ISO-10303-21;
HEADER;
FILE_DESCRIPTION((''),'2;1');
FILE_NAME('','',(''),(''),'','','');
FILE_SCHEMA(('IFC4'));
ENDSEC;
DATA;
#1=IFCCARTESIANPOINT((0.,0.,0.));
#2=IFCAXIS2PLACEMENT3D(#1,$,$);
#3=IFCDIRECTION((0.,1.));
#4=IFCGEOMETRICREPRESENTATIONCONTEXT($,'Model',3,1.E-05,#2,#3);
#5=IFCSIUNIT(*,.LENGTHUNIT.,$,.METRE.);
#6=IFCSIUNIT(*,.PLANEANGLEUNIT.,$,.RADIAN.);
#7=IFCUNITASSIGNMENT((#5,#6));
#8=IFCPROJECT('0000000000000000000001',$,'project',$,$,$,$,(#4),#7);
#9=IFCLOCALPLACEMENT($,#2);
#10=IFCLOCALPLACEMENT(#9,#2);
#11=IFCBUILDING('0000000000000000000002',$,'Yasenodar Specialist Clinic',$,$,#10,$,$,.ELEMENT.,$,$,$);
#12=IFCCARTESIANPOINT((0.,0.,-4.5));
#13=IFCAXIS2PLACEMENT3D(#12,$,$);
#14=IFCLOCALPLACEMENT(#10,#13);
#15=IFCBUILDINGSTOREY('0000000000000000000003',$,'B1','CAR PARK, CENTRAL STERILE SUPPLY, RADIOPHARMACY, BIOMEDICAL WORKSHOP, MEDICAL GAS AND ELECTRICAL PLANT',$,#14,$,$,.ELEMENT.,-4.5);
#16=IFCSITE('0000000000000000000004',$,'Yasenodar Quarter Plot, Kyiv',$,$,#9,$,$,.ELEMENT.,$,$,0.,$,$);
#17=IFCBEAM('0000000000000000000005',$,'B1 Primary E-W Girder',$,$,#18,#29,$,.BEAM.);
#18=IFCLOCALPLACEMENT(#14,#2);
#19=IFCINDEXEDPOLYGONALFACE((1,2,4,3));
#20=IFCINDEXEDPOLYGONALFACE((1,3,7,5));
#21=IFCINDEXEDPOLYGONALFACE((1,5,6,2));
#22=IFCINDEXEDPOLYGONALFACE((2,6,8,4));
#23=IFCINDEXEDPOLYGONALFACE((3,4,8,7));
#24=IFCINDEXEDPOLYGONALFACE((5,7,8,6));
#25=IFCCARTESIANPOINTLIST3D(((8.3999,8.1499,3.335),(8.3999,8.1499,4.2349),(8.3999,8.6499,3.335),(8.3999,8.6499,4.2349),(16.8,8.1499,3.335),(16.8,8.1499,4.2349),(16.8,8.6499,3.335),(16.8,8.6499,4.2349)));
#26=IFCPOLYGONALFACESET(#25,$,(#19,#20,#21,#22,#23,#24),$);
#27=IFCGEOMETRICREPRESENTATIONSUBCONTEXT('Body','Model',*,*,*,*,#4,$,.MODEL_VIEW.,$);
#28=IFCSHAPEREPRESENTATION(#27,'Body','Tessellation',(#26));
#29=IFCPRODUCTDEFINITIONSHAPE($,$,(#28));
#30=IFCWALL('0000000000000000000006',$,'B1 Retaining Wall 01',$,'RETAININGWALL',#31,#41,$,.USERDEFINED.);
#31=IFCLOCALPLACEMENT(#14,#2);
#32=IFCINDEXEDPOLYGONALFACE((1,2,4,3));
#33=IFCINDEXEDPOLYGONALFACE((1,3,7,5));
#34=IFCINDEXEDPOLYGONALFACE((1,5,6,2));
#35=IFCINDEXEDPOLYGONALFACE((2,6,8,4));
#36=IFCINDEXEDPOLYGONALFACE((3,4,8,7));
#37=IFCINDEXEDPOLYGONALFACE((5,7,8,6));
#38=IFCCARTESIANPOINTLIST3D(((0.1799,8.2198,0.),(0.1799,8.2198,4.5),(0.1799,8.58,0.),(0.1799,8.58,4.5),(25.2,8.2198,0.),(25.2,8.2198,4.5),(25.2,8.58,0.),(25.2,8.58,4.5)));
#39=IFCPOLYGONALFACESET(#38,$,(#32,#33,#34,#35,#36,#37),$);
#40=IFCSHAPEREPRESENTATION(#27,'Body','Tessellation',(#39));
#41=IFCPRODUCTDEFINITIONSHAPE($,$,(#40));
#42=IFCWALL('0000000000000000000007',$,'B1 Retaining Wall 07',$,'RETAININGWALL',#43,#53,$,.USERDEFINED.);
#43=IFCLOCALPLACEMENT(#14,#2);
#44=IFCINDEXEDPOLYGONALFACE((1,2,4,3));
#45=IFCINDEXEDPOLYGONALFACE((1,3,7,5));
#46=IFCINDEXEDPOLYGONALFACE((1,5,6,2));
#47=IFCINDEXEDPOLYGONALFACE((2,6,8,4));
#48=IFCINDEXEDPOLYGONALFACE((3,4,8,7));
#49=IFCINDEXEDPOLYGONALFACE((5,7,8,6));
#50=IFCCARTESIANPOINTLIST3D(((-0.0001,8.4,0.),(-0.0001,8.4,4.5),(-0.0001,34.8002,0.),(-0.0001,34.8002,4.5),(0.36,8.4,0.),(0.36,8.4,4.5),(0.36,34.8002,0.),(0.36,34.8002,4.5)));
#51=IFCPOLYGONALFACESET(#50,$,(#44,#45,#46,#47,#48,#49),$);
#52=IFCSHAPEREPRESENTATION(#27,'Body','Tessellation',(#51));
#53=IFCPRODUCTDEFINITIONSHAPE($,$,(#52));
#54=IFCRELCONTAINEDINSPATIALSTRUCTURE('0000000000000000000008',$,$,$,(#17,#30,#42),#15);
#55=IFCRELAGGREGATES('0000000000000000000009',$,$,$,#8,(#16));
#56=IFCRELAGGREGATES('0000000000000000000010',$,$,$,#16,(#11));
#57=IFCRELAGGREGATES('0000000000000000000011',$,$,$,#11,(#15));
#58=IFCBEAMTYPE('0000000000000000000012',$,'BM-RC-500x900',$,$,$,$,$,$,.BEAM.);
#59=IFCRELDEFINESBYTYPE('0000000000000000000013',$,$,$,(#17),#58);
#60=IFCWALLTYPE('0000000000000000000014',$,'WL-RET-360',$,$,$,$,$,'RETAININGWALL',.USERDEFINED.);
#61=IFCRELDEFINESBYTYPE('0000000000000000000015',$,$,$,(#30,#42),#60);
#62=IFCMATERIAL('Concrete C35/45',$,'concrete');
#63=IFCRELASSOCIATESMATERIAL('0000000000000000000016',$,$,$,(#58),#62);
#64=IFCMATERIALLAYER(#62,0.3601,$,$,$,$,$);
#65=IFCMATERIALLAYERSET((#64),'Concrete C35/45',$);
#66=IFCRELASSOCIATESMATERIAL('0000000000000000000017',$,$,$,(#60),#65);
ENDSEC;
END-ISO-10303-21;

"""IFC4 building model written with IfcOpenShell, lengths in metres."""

from ifc_helpers import new_model, si_unit, direction, frame, frame_2d, origin, origin_2d, place, context, subcontext, project, spatial, rectangle, extrude, material, layer, layer_set, material_profile, profile_set, type_object, element, save


model = new_model("IFC4")

# Units and contexts
model_context = context("Model", 3, precision=1e-05, world=origin(), true_north=direction((0.0, 1.0)))
body_context = subcontext(model_context, "Body", "Model", "MODEL_VIEW")
ifc_project = project(units=[si_unit("LENGTHUNIT", "METRE"), si_unit("PLANEANGLEUNIT", "RADIAN")], contexts=[model_context])

# Site, building, storey
site_placement = place(None, origin())
site = spatial("IfcSite", under=ifc_project, at=site_placement, Name="Yasenodar Quarter Plot, Kyiv", CompositionType="ELEMENT", RefElevation=0.0)
building_placement = place(site_placement, origin())
building = spatial("IfcBuilding", under=site, at=building_placement, Name="Yasenodar Specialist Clinic", CompositionType="ELEMENT")
storey_placement = place(building_placement, frame((0.0, 0.0, -4.5)))
storey = spatial("IfcBuildingStorey", under=building, at=storey_placement, Name="B1", Description="CAR PARK, CENTRAL STERILE SUPPLY, RADIOPHARMACY, BIOMEDICAL WORKSHOP, MEDICAL GAS AND ELECTRICAL PLANT", CompositionType="ELEMENT", Elevation=-4.5)

# Shared definitions
ifc_material_1 = material(Name="Concrete C35/45", Category="concrete")

# Beam
ifc_material_profile_1 = material_profile(ifc_material_1, rectangle(XDim=0.5, YDim=0.8999, at=origin_2d()), Name="RC 500x900")
ifc_profile_set_1 = profile_set([ifc_material_profile_1], Name="Concrete C35/45")
beam_type_1 = type_object("IfcBeamType", Name="BM-RC-500x900", PredefinedType="BEAM", material=ifc_profile_set_1)
beam_1_placement = place(storey_placement, frame((8.3999, 8.3999, 3.7849), z_axis=(1.0, 0.0, 0.0), x_axis=(0.0, 1.0, 0.0)))
element("IfcBeam", 1, at=beam_1_placement, inside=storey, type_object=beam_type_1, Name="B1 Primary E-W Girder", PredefinedType="BEAM", context=body_context, shape_type="SweptSolid", body=[
    extrude(rectangle(XDim=0.5, YDim=0.8999, at=origin_2d()), origin(), (0.0, 0.0, 1.0), 8.4001),
])

# Walls
ifc_layer = layer(ifc_material_1, 0.3601)
ifc_layer_set = layer_set([ifc_layer], Name="Concrete C35/45")
wall_type = type_object("IfcWallType", Name="WL-RET-360", ElementType="RETAININGWALL", PredefinedType="USERDEFINED", material=ifc_layer_set)
wall_1_placement = place(storey_placement, frame((0.1799, 8.3999, 0.0), z_axis=(0.0, 0.0, 1.0), x_axis=(1.0, 0.0, 0.0)))
element("IfcWall", 2, at=wall_1_placement, inside=storey, type_object=wall_type, Name="B1 Retaining Wall 01", ObjectType="RETAININGWALL", PredefinedType="USERDEFINED", context=body_context, shape_type="SweptSolid", body=[
    extrude(rectangle(XDim=25.02, YDim=0.3601, at=frame_2d((12.51, 0.0))), origin(), (0.0, 0.0, 1.0), 4.5),
])
wall_2_placement = place(storey_placement, frame((0.1799, 8.3999, 0.0), z_axis=(0.0, 0.0, 1.0), x_axis=(0.0, 1.0, 0.0)))
element("IfcWall", 3, at=wall_2_placement, inside=storey, type_object=wall_type, Name="B1 Retaining Wall 07", ObjectType="RETAININGWALL", PredefinedType="USERDEFINED", context=body_context, shape_type="SweptSolid", body=[
    extrude(rectangle(XDim=26.4001, YDim=0.3601, at=frame_2d((13.2002, 0.0))), origin(), (0.0, 0.0, 1.0), 4.5),
])

save(model, "model.ifc")
